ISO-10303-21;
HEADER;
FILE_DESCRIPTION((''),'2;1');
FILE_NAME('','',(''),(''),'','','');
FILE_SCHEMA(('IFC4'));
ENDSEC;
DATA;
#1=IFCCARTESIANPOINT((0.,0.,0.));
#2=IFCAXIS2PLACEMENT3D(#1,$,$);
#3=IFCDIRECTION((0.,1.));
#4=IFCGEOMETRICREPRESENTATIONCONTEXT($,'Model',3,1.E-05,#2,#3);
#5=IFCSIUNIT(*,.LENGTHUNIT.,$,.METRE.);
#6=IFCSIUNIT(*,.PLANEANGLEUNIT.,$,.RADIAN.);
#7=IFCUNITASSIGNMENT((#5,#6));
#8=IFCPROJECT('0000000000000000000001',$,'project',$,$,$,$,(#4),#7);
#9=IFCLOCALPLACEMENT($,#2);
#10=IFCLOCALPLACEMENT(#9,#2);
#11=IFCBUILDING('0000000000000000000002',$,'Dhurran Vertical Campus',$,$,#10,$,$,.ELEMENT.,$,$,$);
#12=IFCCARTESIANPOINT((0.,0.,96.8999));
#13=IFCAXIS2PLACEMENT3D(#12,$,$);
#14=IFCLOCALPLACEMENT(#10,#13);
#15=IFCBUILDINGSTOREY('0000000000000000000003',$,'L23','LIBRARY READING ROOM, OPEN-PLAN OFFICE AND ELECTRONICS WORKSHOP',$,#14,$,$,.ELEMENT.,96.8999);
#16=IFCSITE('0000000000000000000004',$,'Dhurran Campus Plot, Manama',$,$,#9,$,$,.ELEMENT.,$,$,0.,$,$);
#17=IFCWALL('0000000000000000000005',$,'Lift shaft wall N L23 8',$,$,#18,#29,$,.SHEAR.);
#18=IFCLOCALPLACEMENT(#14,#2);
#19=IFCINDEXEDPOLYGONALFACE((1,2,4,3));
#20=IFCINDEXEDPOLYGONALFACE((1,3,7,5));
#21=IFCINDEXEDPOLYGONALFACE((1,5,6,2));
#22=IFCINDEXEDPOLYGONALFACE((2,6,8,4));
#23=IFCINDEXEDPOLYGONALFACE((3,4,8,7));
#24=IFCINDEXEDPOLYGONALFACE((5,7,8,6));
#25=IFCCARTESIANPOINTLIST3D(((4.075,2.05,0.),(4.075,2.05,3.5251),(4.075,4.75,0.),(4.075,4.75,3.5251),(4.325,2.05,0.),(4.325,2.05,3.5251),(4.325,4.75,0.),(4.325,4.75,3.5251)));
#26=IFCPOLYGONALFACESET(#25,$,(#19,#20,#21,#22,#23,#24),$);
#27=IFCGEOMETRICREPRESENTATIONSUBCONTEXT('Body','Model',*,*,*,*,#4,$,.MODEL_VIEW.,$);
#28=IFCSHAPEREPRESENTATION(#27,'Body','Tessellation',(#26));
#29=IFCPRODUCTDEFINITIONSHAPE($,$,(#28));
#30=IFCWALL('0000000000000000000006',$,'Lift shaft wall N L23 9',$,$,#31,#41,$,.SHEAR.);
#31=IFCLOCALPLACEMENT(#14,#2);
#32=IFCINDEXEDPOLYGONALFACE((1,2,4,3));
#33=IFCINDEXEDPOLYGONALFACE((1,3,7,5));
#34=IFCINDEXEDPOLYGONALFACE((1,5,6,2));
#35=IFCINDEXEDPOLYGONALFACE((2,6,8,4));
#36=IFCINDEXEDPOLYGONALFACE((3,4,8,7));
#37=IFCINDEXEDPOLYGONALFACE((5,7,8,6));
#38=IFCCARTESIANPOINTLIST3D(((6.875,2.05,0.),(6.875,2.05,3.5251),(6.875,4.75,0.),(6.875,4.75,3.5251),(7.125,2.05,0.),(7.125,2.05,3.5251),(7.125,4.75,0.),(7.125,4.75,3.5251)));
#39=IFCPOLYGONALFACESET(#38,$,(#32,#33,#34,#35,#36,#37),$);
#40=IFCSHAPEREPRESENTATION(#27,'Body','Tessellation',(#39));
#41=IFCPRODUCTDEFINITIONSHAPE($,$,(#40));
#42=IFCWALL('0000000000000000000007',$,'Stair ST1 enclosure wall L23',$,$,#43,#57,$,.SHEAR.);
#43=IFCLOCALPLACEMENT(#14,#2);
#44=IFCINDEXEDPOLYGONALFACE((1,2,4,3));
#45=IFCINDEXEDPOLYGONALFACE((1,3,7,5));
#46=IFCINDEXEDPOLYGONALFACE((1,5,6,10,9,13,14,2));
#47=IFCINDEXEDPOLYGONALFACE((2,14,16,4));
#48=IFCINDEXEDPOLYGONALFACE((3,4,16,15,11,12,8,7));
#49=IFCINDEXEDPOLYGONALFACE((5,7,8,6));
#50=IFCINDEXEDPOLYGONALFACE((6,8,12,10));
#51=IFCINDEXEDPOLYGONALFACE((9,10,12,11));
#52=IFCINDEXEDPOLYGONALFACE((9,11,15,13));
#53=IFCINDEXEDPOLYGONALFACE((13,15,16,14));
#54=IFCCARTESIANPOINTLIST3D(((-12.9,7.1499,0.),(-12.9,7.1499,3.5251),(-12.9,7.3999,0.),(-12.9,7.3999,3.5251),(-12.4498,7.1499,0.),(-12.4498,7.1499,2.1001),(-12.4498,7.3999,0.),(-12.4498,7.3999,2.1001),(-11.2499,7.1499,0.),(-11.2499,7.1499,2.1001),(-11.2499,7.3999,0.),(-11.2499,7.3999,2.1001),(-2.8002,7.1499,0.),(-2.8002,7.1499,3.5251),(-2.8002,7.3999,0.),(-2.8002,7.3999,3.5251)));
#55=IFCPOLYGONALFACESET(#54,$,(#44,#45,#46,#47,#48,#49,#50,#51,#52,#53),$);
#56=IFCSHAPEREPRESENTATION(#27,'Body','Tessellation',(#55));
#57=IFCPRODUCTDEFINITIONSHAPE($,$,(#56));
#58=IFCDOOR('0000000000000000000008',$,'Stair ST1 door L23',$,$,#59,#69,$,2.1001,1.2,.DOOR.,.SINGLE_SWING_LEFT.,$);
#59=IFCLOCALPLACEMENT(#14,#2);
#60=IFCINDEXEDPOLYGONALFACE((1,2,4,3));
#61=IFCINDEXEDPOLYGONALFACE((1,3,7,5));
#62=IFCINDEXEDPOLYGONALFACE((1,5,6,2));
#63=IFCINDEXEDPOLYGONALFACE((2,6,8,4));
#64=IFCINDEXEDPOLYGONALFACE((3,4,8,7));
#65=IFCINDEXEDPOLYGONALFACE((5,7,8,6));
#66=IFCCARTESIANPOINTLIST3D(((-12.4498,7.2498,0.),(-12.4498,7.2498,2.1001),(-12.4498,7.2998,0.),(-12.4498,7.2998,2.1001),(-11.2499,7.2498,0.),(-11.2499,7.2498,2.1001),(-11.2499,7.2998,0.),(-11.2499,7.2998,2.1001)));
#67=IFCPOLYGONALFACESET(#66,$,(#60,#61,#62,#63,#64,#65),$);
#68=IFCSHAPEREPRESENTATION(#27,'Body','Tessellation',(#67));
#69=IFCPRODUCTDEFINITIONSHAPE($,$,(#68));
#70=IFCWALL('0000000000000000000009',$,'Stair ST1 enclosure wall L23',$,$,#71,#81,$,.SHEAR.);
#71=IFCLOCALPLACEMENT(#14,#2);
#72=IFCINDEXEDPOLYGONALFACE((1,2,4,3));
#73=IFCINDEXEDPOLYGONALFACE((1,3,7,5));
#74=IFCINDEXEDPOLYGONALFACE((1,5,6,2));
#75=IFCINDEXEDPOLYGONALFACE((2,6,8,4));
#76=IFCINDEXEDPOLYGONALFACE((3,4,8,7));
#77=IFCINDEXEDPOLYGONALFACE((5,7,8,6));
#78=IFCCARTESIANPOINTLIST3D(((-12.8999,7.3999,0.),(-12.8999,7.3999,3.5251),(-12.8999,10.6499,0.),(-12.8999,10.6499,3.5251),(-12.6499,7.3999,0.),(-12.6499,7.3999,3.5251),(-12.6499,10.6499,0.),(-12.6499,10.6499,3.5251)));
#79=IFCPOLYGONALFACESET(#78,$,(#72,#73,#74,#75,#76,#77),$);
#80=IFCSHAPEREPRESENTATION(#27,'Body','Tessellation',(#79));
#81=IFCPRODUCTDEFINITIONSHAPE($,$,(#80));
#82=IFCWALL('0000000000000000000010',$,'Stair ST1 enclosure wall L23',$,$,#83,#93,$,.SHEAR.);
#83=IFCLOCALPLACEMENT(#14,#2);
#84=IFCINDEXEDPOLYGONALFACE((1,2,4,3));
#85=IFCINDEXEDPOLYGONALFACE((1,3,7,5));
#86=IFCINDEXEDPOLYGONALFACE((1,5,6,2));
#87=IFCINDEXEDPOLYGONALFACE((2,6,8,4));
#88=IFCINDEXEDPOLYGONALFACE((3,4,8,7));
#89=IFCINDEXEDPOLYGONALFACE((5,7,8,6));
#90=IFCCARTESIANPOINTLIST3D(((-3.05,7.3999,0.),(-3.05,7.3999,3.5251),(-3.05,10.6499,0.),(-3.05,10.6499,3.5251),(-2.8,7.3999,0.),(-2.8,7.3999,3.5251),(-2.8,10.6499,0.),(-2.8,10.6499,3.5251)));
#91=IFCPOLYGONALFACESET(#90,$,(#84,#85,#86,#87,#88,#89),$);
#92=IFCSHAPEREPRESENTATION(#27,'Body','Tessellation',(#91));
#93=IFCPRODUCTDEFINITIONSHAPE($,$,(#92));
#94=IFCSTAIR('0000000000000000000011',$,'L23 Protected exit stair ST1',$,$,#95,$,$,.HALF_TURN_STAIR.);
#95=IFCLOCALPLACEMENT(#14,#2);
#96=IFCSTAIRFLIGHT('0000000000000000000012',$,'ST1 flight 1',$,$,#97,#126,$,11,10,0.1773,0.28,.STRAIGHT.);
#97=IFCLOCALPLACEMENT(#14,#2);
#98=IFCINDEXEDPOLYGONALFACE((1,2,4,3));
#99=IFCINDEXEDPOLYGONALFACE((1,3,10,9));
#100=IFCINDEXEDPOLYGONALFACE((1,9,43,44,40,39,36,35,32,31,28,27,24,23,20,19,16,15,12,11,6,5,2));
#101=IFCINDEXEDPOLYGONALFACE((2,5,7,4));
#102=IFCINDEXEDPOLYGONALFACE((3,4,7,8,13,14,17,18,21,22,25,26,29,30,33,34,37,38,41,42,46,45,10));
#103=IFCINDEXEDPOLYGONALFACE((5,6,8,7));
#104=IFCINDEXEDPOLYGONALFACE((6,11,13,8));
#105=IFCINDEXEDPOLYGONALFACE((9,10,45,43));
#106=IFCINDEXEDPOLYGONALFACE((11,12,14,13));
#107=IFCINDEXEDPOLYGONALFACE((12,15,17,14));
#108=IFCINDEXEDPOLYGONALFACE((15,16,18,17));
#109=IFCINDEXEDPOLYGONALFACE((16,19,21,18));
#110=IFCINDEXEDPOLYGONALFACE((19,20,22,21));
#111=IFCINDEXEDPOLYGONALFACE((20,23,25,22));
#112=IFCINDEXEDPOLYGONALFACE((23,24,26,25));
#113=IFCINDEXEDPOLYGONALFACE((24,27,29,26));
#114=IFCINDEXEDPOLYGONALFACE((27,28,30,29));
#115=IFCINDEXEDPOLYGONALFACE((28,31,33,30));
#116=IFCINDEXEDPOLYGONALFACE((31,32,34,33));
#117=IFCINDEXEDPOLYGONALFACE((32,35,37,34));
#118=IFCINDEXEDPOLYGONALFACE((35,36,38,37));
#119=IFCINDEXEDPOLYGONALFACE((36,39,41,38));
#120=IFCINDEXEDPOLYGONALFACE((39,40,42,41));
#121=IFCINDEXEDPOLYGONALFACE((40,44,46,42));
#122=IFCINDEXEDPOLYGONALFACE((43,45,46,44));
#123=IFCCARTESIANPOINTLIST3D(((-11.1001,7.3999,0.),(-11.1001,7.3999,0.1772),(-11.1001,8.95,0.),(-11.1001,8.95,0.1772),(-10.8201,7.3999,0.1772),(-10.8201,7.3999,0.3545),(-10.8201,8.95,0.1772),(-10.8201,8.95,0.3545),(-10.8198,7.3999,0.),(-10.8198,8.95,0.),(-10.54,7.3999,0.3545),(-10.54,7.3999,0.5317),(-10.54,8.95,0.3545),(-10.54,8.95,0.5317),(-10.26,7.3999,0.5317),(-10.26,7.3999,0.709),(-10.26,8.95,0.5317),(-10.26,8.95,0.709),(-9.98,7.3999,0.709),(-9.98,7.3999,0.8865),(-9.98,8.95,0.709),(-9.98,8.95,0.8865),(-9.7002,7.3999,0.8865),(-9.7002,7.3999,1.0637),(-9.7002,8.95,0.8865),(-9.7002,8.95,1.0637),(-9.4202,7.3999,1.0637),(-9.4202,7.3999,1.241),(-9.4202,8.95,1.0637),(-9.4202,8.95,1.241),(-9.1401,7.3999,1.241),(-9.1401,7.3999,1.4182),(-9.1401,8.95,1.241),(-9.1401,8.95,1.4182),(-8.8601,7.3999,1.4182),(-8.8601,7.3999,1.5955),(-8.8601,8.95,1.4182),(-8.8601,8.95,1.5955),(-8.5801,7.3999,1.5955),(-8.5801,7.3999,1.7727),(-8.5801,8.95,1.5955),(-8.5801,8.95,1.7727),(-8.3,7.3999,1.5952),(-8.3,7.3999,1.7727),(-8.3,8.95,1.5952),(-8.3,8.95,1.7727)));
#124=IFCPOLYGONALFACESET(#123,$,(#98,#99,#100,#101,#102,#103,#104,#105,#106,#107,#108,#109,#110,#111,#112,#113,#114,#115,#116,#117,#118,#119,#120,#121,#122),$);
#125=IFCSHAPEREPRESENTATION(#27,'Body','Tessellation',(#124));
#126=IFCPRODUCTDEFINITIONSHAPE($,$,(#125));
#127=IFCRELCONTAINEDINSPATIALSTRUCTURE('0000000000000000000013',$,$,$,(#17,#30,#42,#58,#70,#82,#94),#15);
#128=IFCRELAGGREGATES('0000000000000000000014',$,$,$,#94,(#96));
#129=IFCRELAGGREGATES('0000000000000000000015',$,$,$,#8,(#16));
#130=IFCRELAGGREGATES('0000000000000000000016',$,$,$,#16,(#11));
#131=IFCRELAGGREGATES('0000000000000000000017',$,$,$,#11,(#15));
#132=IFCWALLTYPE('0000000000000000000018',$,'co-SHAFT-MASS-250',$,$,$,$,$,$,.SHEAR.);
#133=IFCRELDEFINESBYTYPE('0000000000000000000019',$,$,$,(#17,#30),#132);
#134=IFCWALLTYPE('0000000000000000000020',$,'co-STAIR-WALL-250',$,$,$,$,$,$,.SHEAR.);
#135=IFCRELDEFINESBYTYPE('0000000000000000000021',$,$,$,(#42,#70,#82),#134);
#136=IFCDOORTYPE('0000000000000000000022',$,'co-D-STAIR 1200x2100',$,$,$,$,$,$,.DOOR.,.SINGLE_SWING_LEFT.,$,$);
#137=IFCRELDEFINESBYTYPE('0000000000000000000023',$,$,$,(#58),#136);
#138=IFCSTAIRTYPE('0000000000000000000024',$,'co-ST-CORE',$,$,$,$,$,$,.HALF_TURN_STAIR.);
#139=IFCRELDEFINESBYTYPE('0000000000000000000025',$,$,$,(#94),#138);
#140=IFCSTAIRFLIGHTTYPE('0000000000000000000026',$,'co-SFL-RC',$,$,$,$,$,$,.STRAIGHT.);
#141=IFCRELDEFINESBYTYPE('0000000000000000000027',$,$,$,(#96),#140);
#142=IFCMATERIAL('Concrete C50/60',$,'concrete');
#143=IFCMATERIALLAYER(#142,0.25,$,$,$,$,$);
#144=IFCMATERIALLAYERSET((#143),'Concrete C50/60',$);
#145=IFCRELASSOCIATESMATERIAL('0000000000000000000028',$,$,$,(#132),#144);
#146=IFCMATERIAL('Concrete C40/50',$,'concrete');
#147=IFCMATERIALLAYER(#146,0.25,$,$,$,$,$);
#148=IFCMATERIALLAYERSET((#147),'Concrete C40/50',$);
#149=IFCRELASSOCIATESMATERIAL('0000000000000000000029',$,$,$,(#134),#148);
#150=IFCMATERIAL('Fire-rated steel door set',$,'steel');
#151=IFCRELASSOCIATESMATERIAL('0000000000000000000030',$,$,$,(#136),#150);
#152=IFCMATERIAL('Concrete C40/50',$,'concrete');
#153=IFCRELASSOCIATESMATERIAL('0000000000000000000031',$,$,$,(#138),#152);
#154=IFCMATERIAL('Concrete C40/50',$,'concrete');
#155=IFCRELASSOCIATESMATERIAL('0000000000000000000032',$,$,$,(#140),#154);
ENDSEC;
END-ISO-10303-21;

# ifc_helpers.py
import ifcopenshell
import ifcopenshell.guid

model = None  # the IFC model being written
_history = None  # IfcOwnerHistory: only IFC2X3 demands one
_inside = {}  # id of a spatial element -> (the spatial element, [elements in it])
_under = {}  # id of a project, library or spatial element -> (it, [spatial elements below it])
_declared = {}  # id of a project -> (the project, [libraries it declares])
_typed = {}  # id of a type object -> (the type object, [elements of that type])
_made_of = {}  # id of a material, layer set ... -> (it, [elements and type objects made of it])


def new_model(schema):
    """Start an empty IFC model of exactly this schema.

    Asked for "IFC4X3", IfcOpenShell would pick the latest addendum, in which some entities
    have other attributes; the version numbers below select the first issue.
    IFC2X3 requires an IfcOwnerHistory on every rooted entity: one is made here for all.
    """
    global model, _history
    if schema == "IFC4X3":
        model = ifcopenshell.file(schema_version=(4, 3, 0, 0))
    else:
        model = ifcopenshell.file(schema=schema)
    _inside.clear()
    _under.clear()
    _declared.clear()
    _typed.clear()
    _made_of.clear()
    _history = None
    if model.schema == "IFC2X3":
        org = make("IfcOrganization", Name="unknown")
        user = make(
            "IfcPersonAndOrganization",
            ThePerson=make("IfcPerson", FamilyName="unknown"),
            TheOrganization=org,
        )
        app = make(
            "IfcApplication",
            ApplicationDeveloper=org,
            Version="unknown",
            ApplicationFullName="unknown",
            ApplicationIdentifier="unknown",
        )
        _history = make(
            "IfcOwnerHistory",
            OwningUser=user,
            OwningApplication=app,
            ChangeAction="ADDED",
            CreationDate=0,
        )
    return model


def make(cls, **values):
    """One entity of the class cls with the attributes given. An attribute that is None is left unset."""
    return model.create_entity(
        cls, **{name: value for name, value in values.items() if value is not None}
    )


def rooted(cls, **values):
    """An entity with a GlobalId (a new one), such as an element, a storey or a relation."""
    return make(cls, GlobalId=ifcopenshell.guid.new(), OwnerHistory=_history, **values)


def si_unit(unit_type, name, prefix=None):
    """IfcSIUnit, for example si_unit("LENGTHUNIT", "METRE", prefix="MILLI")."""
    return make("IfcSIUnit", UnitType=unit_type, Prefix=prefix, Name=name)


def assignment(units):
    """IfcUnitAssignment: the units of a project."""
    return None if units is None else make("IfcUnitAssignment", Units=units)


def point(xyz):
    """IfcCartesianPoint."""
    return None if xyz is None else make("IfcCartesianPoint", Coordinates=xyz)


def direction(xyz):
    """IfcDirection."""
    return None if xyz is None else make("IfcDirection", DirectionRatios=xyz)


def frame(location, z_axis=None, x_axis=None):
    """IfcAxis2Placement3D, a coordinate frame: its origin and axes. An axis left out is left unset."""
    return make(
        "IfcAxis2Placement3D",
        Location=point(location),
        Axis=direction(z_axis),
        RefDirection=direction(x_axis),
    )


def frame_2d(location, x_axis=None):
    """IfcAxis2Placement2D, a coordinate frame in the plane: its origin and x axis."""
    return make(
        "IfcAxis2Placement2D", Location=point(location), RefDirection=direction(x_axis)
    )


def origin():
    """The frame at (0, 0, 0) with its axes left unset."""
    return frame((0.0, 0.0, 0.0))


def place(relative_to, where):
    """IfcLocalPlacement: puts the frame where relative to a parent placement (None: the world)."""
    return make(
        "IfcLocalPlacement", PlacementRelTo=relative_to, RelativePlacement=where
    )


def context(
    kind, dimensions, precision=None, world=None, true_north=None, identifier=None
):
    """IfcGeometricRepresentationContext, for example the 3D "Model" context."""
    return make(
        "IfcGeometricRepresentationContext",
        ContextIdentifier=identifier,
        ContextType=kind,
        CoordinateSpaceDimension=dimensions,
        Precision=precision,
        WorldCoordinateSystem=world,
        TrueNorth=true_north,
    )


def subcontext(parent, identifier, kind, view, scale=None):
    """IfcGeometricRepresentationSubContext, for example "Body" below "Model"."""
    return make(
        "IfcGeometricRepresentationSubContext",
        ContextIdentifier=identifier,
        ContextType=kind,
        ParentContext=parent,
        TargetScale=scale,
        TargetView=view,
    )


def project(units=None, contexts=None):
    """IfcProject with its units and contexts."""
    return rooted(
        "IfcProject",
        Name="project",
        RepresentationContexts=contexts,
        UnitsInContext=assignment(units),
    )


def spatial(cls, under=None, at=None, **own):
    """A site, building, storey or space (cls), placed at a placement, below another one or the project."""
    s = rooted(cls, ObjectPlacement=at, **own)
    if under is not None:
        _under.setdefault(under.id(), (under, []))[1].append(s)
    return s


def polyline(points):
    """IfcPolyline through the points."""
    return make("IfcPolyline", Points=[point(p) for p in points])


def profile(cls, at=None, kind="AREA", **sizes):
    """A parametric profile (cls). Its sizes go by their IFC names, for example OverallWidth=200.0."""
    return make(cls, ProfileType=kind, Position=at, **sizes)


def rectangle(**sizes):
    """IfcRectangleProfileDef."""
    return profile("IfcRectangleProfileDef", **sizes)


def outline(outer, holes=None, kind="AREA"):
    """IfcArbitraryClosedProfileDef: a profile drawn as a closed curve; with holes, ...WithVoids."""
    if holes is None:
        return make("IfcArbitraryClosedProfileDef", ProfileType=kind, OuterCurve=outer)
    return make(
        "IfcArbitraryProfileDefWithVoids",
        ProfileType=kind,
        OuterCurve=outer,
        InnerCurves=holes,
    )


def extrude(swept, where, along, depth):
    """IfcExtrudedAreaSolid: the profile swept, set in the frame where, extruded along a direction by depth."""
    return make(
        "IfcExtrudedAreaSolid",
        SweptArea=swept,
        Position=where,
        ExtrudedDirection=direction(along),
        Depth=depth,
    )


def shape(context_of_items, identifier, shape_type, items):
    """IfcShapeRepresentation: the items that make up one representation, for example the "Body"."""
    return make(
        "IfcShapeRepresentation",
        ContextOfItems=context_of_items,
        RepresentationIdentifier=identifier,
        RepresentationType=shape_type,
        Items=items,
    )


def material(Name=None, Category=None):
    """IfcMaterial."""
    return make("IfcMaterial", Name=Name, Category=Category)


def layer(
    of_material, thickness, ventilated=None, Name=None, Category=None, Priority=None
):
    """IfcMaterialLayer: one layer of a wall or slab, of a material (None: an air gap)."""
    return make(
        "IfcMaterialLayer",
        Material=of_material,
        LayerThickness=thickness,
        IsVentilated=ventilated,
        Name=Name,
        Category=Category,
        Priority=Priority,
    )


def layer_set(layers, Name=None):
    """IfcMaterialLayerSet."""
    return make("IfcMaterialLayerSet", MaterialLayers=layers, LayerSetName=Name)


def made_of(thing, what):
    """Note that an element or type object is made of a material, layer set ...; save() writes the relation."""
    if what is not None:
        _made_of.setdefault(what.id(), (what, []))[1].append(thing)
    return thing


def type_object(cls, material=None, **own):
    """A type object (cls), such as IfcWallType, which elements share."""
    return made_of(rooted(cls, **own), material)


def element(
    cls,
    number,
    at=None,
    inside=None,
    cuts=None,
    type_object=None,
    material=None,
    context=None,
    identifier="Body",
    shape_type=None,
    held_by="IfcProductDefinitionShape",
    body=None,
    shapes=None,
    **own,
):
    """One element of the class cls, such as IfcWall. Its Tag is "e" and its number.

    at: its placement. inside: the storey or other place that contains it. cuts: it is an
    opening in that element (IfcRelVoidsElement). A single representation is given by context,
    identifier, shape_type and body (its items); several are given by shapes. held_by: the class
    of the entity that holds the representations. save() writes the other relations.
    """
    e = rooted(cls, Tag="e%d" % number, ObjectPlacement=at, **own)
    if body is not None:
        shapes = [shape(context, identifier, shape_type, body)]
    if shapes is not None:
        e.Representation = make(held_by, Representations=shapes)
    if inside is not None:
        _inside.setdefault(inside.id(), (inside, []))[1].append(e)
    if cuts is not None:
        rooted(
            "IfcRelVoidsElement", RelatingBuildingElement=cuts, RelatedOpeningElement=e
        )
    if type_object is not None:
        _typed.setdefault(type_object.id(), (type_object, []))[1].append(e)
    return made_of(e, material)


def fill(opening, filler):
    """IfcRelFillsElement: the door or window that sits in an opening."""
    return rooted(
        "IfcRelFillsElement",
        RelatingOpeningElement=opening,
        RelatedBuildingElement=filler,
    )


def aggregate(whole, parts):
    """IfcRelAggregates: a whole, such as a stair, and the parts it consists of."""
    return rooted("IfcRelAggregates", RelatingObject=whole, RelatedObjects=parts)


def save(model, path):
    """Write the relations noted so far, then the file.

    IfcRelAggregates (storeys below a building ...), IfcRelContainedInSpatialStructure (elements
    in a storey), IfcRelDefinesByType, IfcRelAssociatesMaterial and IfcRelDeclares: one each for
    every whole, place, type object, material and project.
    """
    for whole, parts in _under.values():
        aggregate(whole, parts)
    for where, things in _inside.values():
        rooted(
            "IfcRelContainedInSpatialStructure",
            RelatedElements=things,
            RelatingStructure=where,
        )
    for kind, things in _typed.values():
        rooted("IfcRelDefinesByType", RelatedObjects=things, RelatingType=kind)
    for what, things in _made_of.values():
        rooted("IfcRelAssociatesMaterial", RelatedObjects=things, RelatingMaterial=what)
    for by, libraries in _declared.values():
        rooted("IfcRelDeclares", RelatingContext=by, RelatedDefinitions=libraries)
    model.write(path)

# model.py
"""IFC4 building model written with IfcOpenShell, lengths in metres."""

from ifc_helpers import new_model, si_unit, direction, frame, frame_2d, origin, place, context, subcontext, project, spatial, polyline, rectangle, outline, extrude, material, layer, layer_set, type_object, element, fill, aggregate, save


model = new_model("IFC4")

# Units and contexts
model_context = context("Model", 3, precision=1e-05, world=origin(), true_north=direction((0.0, 1.0)))
body_context = subcontext(model_context, "Body", "Model", "MODEL_VIEW")
ifc_project = project(units=[si_unit("LENGTHUNIT", "METRE"), si_unit("PLANEANGLEUNIT", "RADIAN")], contexts=[model_context])

# Site, building, storey
site_placement = place(None, origin())
site = spatial("IfcSite", under=ifc_project, at=site_placement, Name="Dhurran Campus Plot, Manama", CompositionType="ELEMENT", RefElevation=0.0)
building_placement = place(site_placement, origin())
building = spatial("IfcBuilding", under=site, at=building_placement, Name="Dhurran Vertical Campus", CompositionType="ELEMENT")
storey_placement = place(building_placement, frame((0.0, 0.0, 96.8999)))
storey = spatial("IfcBuildingStorey", under=building, at=storey_placement, Name="L23", Description="LIBRARY READING ROOM, OPEN-PLAN OFFICE AND ELECTRONICS WORKSHOP", CompositionType="ELEMENT", Elevation=96.8999)

# Walls
ifc_material_1 = material(Name="Concrete C50/60", Category="concrete")
ifc_layer_1 = layer(ifc_material_1, 0.25)
ifc_layer_set_1 = layer_set([ifc_layer_1], Name="Concrete C50/60")
wall_type_1 = type_object("IfcWallType", Name="co-SHAFT-MASS-250", PredefinedType="SHEAR", material=ifc_layer_set_1)
wall_1_placement = place(storey_placement, origin())
element("IfcWall", 1, at=wall_1_placement, inside=storey, type_object=wall_type_1, Name="Lift shaft wall N L23 8", PredefinedType="SHEAR", context=body_context, shape_type="SweptSolid", body=[
    extrude(outline(polyline([(4.075, 2.05), (4.325, 2.05), (4.325, 4.75), (4.075, 4.75), (4.075, 2.05)])), origin(), (0.0, 0.0, 1.0), 3.5251),
])
wall_2_placement = place(storey_placement, origin())
element("IfcWall", 2, at=wall_2_placement, inside=storey, type_object=wall_type_1, Name="Lift shaft wall N L23 9", PredefinedType="SHEAR", context=body_context, shape_type="SweptSolid", body=[
    extrude(outline(polyline([(6.875, 2.05), (7.125, 2.05), (7.125, 4.75), (6.875, 4.75), (6.875, 2.05)])), origin(), (0.0, 0.0, 1.0), 3.5251),
])

# Wall, opening, door
ifc_material_2 = material(Name="Concrete C40/50", Category="concrete")
ifc_layer_2 = layer(ifc_material_2, 0.25)
ifc_layer_set_2 = layer_set([ifc_layer_2], Name="Concrete C40/50")
wall_type_2 = type_object("IfcWallType", Name="co-STAIR-WALL-250", PredefinedType="SHEAR", material=ifc_layer_set_2)
wall_3_placement = place(storey_placement, frame((-12.8999, 7.2749, 0.0), z_axis=(0.0, 0.0, 1.0), x_axis=(1.0, 0.0, 0.0)))
wall_3 = element("IfcWall", 3, at=wall_3_placement, inside=storey, type_object=wall_type_2, Name="Stair ST1 enclosure wall L23", PredefinedType="SHEAR", context=body_context, shape_type="SweptSolid", body=[
    extrude(rectangle(XDim=10.0999, YDim=0.25, at=frame_2d((5.0498, 0.0))), origin(), (0.0, 0.0, 1.0), 3.5251),
])
opening_1_placement = place(wall_3_placement, frame((0.45, 0.0, 0.0)))
opening_1 = element("IfcOpeningElement", 4, at=opening_1_placement, cuts=wall_3, PredefinedType="OPENING", context=body_context, shape_type="SweptSolid", body=[
    extrude(rectangle(XDim=1.2, YDim=2.1001, at=frame_2d((0.6001, 1.05))), frame((0.0, 0.135, 0.0), z_axis=(0.0, -1.0, 0.0), x_axis=(1.0, 0.0, 0.0)), (0.0, 0.0, 1.0), 0.27),
])
ifc_material_3 = material(Name="Fire-rated steel door set", Category="steel")
door_type_1 = type_object("IfcDoorType", Name="co-D-STAIR 1200x2100", OperationType="SINGLE_SWING_LEFT", PredefinedType="DOOR", material=ifc_material_3)
door_1_placement = place(opening_1_placement, origin())
door_1 = element("IfcDoor", 5, at=door_1_placement, inside=storey, type_object=door_type_1, Name="Stair ST1 door L23", OperationType="SINGLE_SWING_LEFT", OverallHeight=2.1001, OverallWidth=1.2, PredefinedType="DOOR", context=body_context, shape_type="SweptSolid", body=[
    extrude(rectangle(XDim=1.2, YDim=2.1001, at=frame_2d((0.6001, 1.05))), frame((0.0, 0.0249, 0.0), z_axis=(0.0, -1.0, 0.0), x_axis=(1.0, 0.0, 0.0)), (0.0, 0.0, 1.0), 0.05),
])
fill(opening_1, door_1)

# Walls
for number, where, z_axis, x_axis, name in (
    (6, (-12.7749, 7.3999, 0.0), (0.0, 0.0, 1.0), (0.0, 1.0, 0.0), "Stair ST1 enclosure wall L23"),
    (7, (-2.925, 7.3999, 0.0), (0.0, 0.0, 1.0), (0.0, 1.0, 0.0), "Stair ST1 enclosure wall L23"),
):
    element("IfcWall", number, at=place(storey_placement, frame(where, z_axis=z_axis, x_axis=x_axis)), inside=storey, type_object=wall_type_2, Name=name, PredefinedType="SHEAR", context=body_context, shape_type="SweptSolid", body=[
        extrude(rectangle(XDim=3.25, YDim=0.25, at=frame_2d((1.625, 0.0))), origin(), (0.0, 0.0, 1.0), 3.5251),
    ])

# Stair, stair flight
ifc_material_4 = material(Name="Concrete C40/50", Category="concrete")
stair_type = type_object("IfcStairType", Name="co-ST-CORE", PredefinedType="HALF_TURN_STAIR", material=ifc_material_4)
stair_placement = place(storey_placement, origin())
stair = element("IfcStair", 8, at=stair_placement, inside=storey, type_object=stair_type, Name="L23 Protected exit stair ST1", PredefinedType="HALF_TURN_STAIR")
ifc_material_5 = material(Name="Concrete C40/50", Category="concrete")
stair_flight_type = type_object("IfcStairFlightType", Name="co-SFL-RC", PredefinedType="STRAIGHT", material=ifc_material_5)
stair_flight_placement = place(storey_placement, frame((-11.1001, 8.175, 0.0), z_axis=(0.0, 0.0, 1.0), x_axis=(1.0, 0.0, 0.0)))
stair_flight = element("IfcStairFlight", 9, at=stair_flight_placement, type_object=stair_flight_type, Name="ST1 flight 1", NumberOfRisers=11, NumberOfTreads=10, PredefinedType="STRAIGHT", RiserHeight=0.1773, TreadLength=0.28, context=body_context, shape_type="SweptSolid", body=[
    extrude(outline(polyline([(0.0, 0.0), (0.0, 0.1772), (0.28, 0.1772), (0.28, 0.3545), (0.5601, 0.3545), (0.5601, 0.5317), (0.8401, 0.5317), (0.8401, 0.709), (1.1201, 0.709), (1.1201, 0.8865), (1.3999, 0.8865), (1.3999, 1.0637), (1.6799, 1.0637), (1.6799, 1.241), (1.96, 1.241), (1.96, 1.4182), (2.24, 1.4182), (2.24, 1.5955), (2.52, 1.5955), (2.52, 1.7727), (2.8, 1.7727), (2.8, 1.95), (2.8, 1.5952), (0.2803, 0.0), (0.0, 0.0)])), frame((0.0, 0.7749, 0.0), z_axis=(0.0, -1.0, 0.0), x_axis=(1.0, 0.0, 0.0)), (0.0, 0.0, 1.0), 1.55),
])
aggregate(stair, [stair_flight])

save(model, "model.ifc")
